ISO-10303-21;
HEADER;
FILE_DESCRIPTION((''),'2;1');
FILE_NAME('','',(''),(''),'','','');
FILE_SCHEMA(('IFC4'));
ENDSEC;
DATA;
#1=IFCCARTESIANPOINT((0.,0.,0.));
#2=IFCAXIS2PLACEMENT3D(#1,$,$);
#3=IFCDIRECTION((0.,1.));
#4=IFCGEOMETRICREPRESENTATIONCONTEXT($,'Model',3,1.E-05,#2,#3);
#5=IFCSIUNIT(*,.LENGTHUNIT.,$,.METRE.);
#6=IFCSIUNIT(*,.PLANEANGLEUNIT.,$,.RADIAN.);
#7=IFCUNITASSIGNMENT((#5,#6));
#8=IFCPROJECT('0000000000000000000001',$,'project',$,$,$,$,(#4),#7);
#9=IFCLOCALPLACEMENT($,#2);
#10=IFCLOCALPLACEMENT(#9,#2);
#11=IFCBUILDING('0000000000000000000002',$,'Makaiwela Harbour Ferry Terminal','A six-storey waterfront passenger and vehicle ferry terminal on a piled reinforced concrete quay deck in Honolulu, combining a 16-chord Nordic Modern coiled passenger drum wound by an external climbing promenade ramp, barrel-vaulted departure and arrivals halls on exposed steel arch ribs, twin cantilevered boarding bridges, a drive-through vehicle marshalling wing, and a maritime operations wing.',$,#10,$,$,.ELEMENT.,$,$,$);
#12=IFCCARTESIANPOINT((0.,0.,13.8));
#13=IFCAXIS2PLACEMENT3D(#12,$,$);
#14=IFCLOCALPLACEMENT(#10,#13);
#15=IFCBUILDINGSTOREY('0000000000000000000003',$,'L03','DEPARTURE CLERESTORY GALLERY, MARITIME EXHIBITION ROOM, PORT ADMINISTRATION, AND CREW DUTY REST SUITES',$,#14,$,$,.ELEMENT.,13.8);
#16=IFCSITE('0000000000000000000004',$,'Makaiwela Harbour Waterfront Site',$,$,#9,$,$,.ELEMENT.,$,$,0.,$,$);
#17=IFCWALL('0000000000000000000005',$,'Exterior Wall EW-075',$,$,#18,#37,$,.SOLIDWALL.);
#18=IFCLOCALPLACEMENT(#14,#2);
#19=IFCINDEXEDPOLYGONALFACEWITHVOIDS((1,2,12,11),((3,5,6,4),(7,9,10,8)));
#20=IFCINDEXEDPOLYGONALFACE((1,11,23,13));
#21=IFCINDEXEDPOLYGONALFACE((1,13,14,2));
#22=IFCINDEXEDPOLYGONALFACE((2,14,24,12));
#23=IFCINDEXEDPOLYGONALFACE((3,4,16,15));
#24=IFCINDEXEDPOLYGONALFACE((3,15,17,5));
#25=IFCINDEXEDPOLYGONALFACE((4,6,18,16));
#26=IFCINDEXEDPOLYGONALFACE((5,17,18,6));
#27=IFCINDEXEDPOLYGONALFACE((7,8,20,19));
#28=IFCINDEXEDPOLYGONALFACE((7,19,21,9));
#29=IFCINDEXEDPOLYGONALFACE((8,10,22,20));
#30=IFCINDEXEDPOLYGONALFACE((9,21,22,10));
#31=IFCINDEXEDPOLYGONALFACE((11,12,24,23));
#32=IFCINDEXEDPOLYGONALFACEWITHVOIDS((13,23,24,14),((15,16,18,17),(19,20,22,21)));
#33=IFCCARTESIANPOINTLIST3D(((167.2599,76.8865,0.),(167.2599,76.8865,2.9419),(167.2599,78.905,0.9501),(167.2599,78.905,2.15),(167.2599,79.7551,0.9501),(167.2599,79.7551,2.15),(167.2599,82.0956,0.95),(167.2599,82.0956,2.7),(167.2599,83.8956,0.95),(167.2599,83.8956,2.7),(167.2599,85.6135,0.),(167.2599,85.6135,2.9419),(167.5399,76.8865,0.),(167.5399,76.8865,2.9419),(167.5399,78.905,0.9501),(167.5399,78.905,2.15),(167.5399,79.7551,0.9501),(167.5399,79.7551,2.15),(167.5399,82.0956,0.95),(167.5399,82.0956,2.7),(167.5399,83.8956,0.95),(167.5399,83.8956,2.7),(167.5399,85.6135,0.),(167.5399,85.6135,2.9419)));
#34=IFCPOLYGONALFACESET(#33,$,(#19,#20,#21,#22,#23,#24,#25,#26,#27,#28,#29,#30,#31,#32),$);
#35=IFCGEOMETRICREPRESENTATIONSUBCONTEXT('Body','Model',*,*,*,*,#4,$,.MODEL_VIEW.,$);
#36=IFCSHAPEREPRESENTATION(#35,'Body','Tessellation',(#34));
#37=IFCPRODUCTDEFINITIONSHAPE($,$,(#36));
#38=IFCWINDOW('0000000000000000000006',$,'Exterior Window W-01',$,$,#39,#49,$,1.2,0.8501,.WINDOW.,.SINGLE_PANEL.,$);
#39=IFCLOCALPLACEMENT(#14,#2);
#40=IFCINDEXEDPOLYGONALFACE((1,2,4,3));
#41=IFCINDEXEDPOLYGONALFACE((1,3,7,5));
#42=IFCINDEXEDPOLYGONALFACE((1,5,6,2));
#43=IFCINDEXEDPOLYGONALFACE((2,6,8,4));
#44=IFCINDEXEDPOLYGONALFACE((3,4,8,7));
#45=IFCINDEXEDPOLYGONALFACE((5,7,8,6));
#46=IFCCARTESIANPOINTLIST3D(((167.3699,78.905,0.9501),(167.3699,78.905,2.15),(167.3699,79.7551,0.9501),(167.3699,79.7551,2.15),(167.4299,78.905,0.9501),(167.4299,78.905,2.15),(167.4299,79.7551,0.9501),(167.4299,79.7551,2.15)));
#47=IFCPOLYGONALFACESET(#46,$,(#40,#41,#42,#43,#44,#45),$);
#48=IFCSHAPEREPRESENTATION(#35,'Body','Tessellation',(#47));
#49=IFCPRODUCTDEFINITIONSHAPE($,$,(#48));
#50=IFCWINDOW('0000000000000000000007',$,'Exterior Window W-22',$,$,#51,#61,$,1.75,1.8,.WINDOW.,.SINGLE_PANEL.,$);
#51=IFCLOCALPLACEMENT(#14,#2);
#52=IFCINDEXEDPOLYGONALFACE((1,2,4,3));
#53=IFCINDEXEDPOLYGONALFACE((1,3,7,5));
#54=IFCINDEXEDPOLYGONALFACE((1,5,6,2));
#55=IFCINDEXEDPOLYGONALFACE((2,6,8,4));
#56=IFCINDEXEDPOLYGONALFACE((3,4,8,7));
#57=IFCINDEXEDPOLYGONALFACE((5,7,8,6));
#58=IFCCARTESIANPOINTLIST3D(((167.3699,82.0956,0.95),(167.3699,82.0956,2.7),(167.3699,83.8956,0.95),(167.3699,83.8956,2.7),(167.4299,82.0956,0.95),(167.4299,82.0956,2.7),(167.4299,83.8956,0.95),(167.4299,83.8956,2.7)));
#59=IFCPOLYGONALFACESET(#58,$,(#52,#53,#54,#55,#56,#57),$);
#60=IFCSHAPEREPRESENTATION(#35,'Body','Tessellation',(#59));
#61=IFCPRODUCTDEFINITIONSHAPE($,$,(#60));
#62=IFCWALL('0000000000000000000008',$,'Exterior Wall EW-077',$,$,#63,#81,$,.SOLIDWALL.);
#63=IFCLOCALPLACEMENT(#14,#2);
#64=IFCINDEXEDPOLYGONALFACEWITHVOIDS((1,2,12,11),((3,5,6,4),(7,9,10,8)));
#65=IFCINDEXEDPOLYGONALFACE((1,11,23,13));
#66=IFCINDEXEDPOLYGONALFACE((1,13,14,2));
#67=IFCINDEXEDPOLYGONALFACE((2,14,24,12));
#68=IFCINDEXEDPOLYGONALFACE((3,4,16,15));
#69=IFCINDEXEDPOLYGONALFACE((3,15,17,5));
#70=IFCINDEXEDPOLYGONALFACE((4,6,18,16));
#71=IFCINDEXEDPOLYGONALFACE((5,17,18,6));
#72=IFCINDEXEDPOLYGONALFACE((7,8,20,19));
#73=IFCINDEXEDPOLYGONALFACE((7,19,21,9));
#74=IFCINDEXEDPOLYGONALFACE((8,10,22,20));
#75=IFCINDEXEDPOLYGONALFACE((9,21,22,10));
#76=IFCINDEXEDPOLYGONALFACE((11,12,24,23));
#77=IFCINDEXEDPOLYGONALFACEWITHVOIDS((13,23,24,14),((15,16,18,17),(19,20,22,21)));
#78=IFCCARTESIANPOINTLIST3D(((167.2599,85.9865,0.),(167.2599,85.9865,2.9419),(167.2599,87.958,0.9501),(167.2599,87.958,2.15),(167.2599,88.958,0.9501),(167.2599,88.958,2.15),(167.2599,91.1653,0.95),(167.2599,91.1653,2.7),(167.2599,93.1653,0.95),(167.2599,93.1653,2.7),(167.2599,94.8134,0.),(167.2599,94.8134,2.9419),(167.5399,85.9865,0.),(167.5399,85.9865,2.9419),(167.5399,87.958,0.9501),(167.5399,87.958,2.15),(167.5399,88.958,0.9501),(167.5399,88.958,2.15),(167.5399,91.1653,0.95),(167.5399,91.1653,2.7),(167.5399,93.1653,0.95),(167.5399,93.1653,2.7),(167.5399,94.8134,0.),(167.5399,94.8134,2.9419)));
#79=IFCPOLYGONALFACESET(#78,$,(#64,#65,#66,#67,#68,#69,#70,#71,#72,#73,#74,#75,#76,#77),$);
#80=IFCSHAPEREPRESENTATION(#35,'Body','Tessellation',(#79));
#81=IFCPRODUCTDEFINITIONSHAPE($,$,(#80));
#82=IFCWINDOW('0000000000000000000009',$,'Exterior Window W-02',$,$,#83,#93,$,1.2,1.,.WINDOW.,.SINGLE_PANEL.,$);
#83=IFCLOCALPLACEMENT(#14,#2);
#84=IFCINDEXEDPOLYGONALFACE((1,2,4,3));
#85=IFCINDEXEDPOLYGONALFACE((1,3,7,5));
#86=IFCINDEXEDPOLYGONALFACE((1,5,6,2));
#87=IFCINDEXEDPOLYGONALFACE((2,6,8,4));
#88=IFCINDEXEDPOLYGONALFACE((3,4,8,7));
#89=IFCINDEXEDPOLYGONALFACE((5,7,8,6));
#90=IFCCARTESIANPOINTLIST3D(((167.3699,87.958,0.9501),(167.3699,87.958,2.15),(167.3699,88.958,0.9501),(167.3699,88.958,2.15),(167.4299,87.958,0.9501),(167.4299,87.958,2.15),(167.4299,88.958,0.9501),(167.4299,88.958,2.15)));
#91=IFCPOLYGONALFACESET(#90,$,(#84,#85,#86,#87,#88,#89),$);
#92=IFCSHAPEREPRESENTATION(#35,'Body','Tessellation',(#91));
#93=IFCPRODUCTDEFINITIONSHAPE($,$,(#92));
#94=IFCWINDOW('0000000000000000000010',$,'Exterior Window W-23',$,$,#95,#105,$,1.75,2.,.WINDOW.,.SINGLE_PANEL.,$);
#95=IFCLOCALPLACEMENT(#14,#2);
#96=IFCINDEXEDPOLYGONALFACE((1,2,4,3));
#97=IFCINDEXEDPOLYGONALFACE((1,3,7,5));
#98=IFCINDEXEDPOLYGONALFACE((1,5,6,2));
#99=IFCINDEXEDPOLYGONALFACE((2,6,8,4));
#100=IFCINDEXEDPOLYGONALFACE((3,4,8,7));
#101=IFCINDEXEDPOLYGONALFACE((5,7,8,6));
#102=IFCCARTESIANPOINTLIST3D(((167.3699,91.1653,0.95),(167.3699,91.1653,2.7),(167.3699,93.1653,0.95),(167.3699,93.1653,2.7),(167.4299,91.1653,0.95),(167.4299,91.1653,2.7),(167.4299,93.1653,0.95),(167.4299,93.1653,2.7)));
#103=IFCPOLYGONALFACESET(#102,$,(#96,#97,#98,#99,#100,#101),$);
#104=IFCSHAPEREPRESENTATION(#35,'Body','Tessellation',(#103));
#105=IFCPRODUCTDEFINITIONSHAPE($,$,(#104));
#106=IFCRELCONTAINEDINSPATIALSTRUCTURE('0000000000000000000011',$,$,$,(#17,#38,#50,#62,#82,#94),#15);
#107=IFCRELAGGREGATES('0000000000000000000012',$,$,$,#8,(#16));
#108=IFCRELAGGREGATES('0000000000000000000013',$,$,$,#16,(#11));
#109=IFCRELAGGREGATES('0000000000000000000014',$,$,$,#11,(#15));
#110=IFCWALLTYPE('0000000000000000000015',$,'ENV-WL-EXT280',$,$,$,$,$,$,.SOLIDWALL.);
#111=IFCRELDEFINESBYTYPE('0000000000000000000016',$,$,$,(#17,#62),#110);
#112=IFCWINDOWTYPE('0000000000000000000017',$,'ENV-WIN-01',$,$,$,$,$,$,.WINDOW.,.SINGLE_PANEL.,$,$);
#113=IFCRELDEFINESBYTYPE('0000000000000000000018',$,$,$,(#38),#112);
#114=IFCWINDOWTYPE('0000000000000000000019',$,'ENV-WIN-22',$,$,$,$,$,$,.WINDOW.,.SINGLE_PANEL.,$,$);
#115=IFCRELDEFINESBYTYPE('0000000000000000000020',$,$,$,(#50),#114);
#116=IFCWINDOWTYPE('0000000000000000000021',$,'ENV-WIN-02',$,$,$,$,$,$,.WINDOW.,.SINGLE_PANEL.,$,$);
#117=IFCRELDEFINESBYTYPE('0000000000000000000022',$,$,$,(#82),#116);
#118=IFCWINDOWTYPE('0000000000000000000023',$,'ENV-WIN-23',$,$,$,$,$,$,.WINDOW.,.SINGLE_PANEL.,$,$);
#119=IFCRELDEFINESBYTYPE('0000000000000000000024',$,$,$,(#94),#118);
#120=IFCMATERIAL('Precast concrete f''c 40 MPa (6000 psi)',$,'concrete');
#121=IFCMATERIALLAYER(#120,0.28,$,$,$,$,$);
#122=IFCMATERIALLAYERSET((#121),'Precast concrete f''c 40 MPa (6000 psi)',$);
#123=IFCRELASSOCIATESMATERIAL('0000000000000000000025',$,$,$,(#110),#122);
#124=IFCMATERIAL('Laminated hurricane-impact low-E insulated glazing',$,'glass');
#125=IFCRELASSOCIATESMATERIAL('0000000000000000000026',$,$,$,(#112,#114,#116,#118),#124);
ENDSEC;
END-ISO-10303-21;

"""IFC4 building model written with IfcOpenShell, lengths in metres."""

from ifc_helpers import new_model, si_unit, direction, frame, frame_2d, origin, place, context, subcontext, project, spatial, rectangle, extrude, material, layer, layer_set, type_object, element, fill, save


model = new_model("IFC4")

# Units and contexts
model_context = context("Model", 3, precision=1e-05, world=origin(), true_north=direction((0.0, 1.0)))
body_context = subcontext(model_context, "Body", "Model", "MODEL_VIEW")
ifc_project = project(units=[si_unit("LENGTHUNIT", "METRE"), si_unit("PLANEANGLEUNIT", "RADIAN")], contexts=[model_context])

# Site, building, storey
site_placement = place(None, origin())
site = spatial("IfcSite", under=ifc_project, at=site_placement, Name="Makaiwela Harbour Waterfront Site", CompositionType="ELEMENT", RefElevation=0.0)
building_placement = place(site_placement, origin())
building = spatial("IfcBuilding", under=site, at=building_placement, Name="Makaiwela Harbour Ferry Terminal", Description="A six-storey waterfront passenger and vehicle ferry terminal on a piled reinforced concrete quay deck in Honolulu, combining a 16-chord Nordic Modern coiled passenger drum wound by an external climbing promenade ramp, barrel-vaulted departure and arrivals halls on exposed steel arch ribs, twin cantilevered boarding bridges, a drive-through vehicle marshalling wing, and a maritime operations wing.", CompositionType="ELEMENT")
storey_placement = place(building_placement, frame((0.0, 0.0, 13.8)))
storey = spatial("IfcBuildingStorey", under=building, at=storey_placement, Name="L03", Description="DEPARTURE CLERESTORY GALLERY, MARITIME EXHIBITION ROOM, PORT ADMINISTRATION, AND CREW DUTY REST SUITES", CompositionType="ELEMENT", Elevation=13.8)

# Shared definitions
ifc_material_1 = material(Name="Laminated hurricane-impact low-E insulated glazing", Category="glass")

# Walls, openings, windows
ifc_material_2 = material(Name="Precast concrete f'c 40 MPa (6000 psi)", Category="concrete")
ifc_layer_1 = layer(ifc_material_2, 0.28)
ifc_layer_set_1 = layer_set([ifc_layer_1], Name="Precast concrete f'c 40 MPa (6000 psi)")
wall_type = type_object("IfcWallType", Name="ENV-WL-EXT280", PredefinedType="SOLIDWALL", material=ifc_layer_set_1)
wall_1_placement = place(storey_placement, frame((167.3999, 85.6135, 0.0), z_axis=(0.0, 0.0, 1.0), x_axis=(0.0, -1.0, 0.0)))
wall_1 = element("IfcWall", 1, at=wall_1_placement, inside=storey, type_object=wall_type, Name="Exterior Wall EW-075", PredefinedType="SOLIDWALL", context=body_context, shape_type="SweptSolid", body=[
    extrude(rectangle(XDim=8.7271, YDim=0.28, at=frame_2d((4.3635, 0.0))), origin(), (0.0, 0.0, 1.0), 2.9419),
])
opening_1_placement = place(wall_1_placement, frame((1.718, 0.0, 0.95)))
opening_1 = element("IfcOpeningElement", 2, at=opening_1_placement, cuts=wall_1, PredefinedType="OPENING", context=body_context, shape_type="SweptSolid", body=[
    extrude(rectangle(XDim=1.8, YDim=1.75, at=frame_2d((0.8999, 0.875))), frame((0.0, 0.1499, 0.0), z_axis=(0.0, -1.0, 0.0), x_axis=(1.0, 0.0, 0.0)), (0.0, 0.0, 1.0), 0.3),
])
opening_2_placement = place(wall_1_placement, frame((5.8584, 0.0, 0.95)))
opening_2 = element("IfcOpeningElement", 3, at=opening_2_placement, cuts=wall_1, PredefinedType="OPENING", context=body_context, shape_type="SweptSolid", body=[
    extrude(rectangle(XDim=0.8501, YDim=1.2, at=frame_2d((0.425, 0.6001))), frame((0.0, 0.1499, 0.0), z_axis=(0.0, -1.0, 0.0), x_axis=(1.0, 0.0, 0.0)), (0.0, 0.0, 1.0), 0.3),
])
window_type_1 = type_object("IfcWindowType", Name="ENV-WIN-01", PartitioningType="SINGLE_PANEL", PredefinedType="WINDOW", material=ifc_material_1)
window_1_placement = place(opening_2_placement, origin())
window_1 = element("IfcWindow", 4, at=window_1_placement, inside=storey, type_object=window_type_1, Name="Exterior Window W-01", OverallHeight=1.2, OverallWidth=0.8501, PartitioningType="SINGLE_PANEL", PredefinedType="WINDOW", context=body_context, shape_type="SweptSolid", body=[
    extrude(rectangle(XDim=0.8501, YDim=1.2, at=frame_2d((0.425, 0.6001))), frame((0.0, 0.03, 0.0), z_axis=(0.0, -1.0, 0.0), x_axis=(1.0, 0.0, 0.0)), (0.0, 0.0, 1.0), 0.0601),
])
fill(opening_2, window_1)
window_type_2 = type_object("IfcWindowType", Name="ENV-WIN-22", PartitioningType="SINGLE_PANEL", PredefinedType="WINDOW", material=ifc_material_1)
window_2_placement = place(opening_1_placement, origin())
window_2 = element("IfcWindow", 5, at=window_2_placement, inside=storey, type_object=window_type_2, Name="Exterior Window W-22", OverallHeight=1.75, OverallWidth=1.8, PartitioningType="SINGLE_PANEL", PredefinedType="WINDOW", context=body_context, shape_type="SweptSolid", body=[
    extrude(rectangle(XDim=1.8, YDim=1.75, at=frame_2d((0.8999, 0.875))), frame((0.0, 0.03, 0.0), z_axis=(0.0, -1.0, 0.0), x_axis=(1.0, 0.0, 0.0)), (0.0, 0.0, 1.0), 0.0601),
])
fill(opening_1, window_2)
wall_2_placement = place(storey_placement, frame((167.3999, 94.8135, 0.0), z_axis=(0.0, 0.0, 1.0), x_axis=(0.0, -1.0, 0.0)))
wall_2 = element("IfcWall", 6, at=wall_2_placement, inside=storey, type_object=wall_type, Name="Exterior Wall EW-077", PredefinedType="SOLIDWALL", context=body_context, shape_type="SweptSolid", body=[
    extrude(rectangle(XDim=8.8269, YDim=0.28, at=frame_2d((4.4136, 0.0))), origin(), (0.0, 0.0, 1.0), 2.9419),
])
opening_3_placement = place(wall_2_placement, frame((1.6482, 0.0, 0.95)))
opening_3 = element("IfcOpeningElement", 7, at=opening_3_placement, cuts=wall_2, PredefinedType="OPENING", context=body_context, shape_type="SweptSolid", body=[
    extrude(rectangle(XDim=2.0, YDim=1.75, at=frame_2d((1.0, 0.875))), frame((0.0, 0.1499, 0.0), z_axis=(0.0, -1.0, 0.0), x_axis=(1.0, 0.0, 0.0)), (0.0, 0.0, 1.0), 0.3),
])
opening_4_placement = place(wall_2_placement, frame((5.8555, 0.0, 0.95)))
opening_4 = element("IfcOpeningElement", 8, at=opening_4_placement, cuts=wall_2, PredefinedType="OPENING", context=body_context, shape_type="SweptSolid", body=[
    extrude(rectangle(XDim=1.0, YDim=1.2, at=frame_2d((0.5, 0.6001))), frame((0.0, 0.1499, 0.0), z_axis=(0.0, -1.0, 0.0), x_axis=(1.0, 0.0, 0.0)), (0.0, 0.0, 1.0), 0.3),
])
window_type_3 = type_object("IfcWindowType", Name="ENV-WIN-02", PartitioningType="SINGLE_PANEL", PredefinedType="WINDOW", material=ifc_material_1)
window_3_placement = place(opening_4_placement, origin())
window_3 = element("IfcWindow", 9, at=window_3_placement, inside=storey, type_object=window_type_3, Name="Exterior Window W-02", OverallHeight=1.2, OverallWidth=1.0, PartitioningType="SINGLE_PANEL", PredefinedType="WINDOW", context=body_context, shape_type="SweptSolid", body=[
    extrude(rectangle(XDim=1.0, YDim=1.2, at=frame_2d((0.5, 0.6001))), frame((0.0, 0.03, 0.0), z_axis=(0.0, -1.0, 0.0), x_axis=(1.0, 0.0, 0.0)), (0.0, 0.0, 1.0), 0.0601),
])
fill(opening_4, window_3)
window_type_4 = type_object("IfcWindowType", Name="ENV-WIN-23", PartitioningType="SINGLE_PANEL", PredefinedType="WINDOW", material=ifc_material_1)
window_4_placement = place(opening_3_placement, origin())
window_4 = element("IfcWindow", 10, at=window_4_placement, inside=storey, type_object=window_type_4, Name="Exterior Window W-23", OverallHeight=1.75, OverallWidth=2.0, PartitioningType="SINGLE_PANEL", PredefinedType="WINDOW", context=body_context, shape_type="SweptSolid", body=[
    extrude(rectangle(XDim=2.0, YDim=1.75, at=frame_2d((1.0, 0.875))), frame((0.0, 0.03, 0.0), z_axis=(0.0, -1.0, 0.0), x_axis=(1.0, 0.0, 0.0)), (0.0, 0.0, 1.0), 0.0601),
])
fill(opening_3, window_4)

save(model, "model.ifc")
